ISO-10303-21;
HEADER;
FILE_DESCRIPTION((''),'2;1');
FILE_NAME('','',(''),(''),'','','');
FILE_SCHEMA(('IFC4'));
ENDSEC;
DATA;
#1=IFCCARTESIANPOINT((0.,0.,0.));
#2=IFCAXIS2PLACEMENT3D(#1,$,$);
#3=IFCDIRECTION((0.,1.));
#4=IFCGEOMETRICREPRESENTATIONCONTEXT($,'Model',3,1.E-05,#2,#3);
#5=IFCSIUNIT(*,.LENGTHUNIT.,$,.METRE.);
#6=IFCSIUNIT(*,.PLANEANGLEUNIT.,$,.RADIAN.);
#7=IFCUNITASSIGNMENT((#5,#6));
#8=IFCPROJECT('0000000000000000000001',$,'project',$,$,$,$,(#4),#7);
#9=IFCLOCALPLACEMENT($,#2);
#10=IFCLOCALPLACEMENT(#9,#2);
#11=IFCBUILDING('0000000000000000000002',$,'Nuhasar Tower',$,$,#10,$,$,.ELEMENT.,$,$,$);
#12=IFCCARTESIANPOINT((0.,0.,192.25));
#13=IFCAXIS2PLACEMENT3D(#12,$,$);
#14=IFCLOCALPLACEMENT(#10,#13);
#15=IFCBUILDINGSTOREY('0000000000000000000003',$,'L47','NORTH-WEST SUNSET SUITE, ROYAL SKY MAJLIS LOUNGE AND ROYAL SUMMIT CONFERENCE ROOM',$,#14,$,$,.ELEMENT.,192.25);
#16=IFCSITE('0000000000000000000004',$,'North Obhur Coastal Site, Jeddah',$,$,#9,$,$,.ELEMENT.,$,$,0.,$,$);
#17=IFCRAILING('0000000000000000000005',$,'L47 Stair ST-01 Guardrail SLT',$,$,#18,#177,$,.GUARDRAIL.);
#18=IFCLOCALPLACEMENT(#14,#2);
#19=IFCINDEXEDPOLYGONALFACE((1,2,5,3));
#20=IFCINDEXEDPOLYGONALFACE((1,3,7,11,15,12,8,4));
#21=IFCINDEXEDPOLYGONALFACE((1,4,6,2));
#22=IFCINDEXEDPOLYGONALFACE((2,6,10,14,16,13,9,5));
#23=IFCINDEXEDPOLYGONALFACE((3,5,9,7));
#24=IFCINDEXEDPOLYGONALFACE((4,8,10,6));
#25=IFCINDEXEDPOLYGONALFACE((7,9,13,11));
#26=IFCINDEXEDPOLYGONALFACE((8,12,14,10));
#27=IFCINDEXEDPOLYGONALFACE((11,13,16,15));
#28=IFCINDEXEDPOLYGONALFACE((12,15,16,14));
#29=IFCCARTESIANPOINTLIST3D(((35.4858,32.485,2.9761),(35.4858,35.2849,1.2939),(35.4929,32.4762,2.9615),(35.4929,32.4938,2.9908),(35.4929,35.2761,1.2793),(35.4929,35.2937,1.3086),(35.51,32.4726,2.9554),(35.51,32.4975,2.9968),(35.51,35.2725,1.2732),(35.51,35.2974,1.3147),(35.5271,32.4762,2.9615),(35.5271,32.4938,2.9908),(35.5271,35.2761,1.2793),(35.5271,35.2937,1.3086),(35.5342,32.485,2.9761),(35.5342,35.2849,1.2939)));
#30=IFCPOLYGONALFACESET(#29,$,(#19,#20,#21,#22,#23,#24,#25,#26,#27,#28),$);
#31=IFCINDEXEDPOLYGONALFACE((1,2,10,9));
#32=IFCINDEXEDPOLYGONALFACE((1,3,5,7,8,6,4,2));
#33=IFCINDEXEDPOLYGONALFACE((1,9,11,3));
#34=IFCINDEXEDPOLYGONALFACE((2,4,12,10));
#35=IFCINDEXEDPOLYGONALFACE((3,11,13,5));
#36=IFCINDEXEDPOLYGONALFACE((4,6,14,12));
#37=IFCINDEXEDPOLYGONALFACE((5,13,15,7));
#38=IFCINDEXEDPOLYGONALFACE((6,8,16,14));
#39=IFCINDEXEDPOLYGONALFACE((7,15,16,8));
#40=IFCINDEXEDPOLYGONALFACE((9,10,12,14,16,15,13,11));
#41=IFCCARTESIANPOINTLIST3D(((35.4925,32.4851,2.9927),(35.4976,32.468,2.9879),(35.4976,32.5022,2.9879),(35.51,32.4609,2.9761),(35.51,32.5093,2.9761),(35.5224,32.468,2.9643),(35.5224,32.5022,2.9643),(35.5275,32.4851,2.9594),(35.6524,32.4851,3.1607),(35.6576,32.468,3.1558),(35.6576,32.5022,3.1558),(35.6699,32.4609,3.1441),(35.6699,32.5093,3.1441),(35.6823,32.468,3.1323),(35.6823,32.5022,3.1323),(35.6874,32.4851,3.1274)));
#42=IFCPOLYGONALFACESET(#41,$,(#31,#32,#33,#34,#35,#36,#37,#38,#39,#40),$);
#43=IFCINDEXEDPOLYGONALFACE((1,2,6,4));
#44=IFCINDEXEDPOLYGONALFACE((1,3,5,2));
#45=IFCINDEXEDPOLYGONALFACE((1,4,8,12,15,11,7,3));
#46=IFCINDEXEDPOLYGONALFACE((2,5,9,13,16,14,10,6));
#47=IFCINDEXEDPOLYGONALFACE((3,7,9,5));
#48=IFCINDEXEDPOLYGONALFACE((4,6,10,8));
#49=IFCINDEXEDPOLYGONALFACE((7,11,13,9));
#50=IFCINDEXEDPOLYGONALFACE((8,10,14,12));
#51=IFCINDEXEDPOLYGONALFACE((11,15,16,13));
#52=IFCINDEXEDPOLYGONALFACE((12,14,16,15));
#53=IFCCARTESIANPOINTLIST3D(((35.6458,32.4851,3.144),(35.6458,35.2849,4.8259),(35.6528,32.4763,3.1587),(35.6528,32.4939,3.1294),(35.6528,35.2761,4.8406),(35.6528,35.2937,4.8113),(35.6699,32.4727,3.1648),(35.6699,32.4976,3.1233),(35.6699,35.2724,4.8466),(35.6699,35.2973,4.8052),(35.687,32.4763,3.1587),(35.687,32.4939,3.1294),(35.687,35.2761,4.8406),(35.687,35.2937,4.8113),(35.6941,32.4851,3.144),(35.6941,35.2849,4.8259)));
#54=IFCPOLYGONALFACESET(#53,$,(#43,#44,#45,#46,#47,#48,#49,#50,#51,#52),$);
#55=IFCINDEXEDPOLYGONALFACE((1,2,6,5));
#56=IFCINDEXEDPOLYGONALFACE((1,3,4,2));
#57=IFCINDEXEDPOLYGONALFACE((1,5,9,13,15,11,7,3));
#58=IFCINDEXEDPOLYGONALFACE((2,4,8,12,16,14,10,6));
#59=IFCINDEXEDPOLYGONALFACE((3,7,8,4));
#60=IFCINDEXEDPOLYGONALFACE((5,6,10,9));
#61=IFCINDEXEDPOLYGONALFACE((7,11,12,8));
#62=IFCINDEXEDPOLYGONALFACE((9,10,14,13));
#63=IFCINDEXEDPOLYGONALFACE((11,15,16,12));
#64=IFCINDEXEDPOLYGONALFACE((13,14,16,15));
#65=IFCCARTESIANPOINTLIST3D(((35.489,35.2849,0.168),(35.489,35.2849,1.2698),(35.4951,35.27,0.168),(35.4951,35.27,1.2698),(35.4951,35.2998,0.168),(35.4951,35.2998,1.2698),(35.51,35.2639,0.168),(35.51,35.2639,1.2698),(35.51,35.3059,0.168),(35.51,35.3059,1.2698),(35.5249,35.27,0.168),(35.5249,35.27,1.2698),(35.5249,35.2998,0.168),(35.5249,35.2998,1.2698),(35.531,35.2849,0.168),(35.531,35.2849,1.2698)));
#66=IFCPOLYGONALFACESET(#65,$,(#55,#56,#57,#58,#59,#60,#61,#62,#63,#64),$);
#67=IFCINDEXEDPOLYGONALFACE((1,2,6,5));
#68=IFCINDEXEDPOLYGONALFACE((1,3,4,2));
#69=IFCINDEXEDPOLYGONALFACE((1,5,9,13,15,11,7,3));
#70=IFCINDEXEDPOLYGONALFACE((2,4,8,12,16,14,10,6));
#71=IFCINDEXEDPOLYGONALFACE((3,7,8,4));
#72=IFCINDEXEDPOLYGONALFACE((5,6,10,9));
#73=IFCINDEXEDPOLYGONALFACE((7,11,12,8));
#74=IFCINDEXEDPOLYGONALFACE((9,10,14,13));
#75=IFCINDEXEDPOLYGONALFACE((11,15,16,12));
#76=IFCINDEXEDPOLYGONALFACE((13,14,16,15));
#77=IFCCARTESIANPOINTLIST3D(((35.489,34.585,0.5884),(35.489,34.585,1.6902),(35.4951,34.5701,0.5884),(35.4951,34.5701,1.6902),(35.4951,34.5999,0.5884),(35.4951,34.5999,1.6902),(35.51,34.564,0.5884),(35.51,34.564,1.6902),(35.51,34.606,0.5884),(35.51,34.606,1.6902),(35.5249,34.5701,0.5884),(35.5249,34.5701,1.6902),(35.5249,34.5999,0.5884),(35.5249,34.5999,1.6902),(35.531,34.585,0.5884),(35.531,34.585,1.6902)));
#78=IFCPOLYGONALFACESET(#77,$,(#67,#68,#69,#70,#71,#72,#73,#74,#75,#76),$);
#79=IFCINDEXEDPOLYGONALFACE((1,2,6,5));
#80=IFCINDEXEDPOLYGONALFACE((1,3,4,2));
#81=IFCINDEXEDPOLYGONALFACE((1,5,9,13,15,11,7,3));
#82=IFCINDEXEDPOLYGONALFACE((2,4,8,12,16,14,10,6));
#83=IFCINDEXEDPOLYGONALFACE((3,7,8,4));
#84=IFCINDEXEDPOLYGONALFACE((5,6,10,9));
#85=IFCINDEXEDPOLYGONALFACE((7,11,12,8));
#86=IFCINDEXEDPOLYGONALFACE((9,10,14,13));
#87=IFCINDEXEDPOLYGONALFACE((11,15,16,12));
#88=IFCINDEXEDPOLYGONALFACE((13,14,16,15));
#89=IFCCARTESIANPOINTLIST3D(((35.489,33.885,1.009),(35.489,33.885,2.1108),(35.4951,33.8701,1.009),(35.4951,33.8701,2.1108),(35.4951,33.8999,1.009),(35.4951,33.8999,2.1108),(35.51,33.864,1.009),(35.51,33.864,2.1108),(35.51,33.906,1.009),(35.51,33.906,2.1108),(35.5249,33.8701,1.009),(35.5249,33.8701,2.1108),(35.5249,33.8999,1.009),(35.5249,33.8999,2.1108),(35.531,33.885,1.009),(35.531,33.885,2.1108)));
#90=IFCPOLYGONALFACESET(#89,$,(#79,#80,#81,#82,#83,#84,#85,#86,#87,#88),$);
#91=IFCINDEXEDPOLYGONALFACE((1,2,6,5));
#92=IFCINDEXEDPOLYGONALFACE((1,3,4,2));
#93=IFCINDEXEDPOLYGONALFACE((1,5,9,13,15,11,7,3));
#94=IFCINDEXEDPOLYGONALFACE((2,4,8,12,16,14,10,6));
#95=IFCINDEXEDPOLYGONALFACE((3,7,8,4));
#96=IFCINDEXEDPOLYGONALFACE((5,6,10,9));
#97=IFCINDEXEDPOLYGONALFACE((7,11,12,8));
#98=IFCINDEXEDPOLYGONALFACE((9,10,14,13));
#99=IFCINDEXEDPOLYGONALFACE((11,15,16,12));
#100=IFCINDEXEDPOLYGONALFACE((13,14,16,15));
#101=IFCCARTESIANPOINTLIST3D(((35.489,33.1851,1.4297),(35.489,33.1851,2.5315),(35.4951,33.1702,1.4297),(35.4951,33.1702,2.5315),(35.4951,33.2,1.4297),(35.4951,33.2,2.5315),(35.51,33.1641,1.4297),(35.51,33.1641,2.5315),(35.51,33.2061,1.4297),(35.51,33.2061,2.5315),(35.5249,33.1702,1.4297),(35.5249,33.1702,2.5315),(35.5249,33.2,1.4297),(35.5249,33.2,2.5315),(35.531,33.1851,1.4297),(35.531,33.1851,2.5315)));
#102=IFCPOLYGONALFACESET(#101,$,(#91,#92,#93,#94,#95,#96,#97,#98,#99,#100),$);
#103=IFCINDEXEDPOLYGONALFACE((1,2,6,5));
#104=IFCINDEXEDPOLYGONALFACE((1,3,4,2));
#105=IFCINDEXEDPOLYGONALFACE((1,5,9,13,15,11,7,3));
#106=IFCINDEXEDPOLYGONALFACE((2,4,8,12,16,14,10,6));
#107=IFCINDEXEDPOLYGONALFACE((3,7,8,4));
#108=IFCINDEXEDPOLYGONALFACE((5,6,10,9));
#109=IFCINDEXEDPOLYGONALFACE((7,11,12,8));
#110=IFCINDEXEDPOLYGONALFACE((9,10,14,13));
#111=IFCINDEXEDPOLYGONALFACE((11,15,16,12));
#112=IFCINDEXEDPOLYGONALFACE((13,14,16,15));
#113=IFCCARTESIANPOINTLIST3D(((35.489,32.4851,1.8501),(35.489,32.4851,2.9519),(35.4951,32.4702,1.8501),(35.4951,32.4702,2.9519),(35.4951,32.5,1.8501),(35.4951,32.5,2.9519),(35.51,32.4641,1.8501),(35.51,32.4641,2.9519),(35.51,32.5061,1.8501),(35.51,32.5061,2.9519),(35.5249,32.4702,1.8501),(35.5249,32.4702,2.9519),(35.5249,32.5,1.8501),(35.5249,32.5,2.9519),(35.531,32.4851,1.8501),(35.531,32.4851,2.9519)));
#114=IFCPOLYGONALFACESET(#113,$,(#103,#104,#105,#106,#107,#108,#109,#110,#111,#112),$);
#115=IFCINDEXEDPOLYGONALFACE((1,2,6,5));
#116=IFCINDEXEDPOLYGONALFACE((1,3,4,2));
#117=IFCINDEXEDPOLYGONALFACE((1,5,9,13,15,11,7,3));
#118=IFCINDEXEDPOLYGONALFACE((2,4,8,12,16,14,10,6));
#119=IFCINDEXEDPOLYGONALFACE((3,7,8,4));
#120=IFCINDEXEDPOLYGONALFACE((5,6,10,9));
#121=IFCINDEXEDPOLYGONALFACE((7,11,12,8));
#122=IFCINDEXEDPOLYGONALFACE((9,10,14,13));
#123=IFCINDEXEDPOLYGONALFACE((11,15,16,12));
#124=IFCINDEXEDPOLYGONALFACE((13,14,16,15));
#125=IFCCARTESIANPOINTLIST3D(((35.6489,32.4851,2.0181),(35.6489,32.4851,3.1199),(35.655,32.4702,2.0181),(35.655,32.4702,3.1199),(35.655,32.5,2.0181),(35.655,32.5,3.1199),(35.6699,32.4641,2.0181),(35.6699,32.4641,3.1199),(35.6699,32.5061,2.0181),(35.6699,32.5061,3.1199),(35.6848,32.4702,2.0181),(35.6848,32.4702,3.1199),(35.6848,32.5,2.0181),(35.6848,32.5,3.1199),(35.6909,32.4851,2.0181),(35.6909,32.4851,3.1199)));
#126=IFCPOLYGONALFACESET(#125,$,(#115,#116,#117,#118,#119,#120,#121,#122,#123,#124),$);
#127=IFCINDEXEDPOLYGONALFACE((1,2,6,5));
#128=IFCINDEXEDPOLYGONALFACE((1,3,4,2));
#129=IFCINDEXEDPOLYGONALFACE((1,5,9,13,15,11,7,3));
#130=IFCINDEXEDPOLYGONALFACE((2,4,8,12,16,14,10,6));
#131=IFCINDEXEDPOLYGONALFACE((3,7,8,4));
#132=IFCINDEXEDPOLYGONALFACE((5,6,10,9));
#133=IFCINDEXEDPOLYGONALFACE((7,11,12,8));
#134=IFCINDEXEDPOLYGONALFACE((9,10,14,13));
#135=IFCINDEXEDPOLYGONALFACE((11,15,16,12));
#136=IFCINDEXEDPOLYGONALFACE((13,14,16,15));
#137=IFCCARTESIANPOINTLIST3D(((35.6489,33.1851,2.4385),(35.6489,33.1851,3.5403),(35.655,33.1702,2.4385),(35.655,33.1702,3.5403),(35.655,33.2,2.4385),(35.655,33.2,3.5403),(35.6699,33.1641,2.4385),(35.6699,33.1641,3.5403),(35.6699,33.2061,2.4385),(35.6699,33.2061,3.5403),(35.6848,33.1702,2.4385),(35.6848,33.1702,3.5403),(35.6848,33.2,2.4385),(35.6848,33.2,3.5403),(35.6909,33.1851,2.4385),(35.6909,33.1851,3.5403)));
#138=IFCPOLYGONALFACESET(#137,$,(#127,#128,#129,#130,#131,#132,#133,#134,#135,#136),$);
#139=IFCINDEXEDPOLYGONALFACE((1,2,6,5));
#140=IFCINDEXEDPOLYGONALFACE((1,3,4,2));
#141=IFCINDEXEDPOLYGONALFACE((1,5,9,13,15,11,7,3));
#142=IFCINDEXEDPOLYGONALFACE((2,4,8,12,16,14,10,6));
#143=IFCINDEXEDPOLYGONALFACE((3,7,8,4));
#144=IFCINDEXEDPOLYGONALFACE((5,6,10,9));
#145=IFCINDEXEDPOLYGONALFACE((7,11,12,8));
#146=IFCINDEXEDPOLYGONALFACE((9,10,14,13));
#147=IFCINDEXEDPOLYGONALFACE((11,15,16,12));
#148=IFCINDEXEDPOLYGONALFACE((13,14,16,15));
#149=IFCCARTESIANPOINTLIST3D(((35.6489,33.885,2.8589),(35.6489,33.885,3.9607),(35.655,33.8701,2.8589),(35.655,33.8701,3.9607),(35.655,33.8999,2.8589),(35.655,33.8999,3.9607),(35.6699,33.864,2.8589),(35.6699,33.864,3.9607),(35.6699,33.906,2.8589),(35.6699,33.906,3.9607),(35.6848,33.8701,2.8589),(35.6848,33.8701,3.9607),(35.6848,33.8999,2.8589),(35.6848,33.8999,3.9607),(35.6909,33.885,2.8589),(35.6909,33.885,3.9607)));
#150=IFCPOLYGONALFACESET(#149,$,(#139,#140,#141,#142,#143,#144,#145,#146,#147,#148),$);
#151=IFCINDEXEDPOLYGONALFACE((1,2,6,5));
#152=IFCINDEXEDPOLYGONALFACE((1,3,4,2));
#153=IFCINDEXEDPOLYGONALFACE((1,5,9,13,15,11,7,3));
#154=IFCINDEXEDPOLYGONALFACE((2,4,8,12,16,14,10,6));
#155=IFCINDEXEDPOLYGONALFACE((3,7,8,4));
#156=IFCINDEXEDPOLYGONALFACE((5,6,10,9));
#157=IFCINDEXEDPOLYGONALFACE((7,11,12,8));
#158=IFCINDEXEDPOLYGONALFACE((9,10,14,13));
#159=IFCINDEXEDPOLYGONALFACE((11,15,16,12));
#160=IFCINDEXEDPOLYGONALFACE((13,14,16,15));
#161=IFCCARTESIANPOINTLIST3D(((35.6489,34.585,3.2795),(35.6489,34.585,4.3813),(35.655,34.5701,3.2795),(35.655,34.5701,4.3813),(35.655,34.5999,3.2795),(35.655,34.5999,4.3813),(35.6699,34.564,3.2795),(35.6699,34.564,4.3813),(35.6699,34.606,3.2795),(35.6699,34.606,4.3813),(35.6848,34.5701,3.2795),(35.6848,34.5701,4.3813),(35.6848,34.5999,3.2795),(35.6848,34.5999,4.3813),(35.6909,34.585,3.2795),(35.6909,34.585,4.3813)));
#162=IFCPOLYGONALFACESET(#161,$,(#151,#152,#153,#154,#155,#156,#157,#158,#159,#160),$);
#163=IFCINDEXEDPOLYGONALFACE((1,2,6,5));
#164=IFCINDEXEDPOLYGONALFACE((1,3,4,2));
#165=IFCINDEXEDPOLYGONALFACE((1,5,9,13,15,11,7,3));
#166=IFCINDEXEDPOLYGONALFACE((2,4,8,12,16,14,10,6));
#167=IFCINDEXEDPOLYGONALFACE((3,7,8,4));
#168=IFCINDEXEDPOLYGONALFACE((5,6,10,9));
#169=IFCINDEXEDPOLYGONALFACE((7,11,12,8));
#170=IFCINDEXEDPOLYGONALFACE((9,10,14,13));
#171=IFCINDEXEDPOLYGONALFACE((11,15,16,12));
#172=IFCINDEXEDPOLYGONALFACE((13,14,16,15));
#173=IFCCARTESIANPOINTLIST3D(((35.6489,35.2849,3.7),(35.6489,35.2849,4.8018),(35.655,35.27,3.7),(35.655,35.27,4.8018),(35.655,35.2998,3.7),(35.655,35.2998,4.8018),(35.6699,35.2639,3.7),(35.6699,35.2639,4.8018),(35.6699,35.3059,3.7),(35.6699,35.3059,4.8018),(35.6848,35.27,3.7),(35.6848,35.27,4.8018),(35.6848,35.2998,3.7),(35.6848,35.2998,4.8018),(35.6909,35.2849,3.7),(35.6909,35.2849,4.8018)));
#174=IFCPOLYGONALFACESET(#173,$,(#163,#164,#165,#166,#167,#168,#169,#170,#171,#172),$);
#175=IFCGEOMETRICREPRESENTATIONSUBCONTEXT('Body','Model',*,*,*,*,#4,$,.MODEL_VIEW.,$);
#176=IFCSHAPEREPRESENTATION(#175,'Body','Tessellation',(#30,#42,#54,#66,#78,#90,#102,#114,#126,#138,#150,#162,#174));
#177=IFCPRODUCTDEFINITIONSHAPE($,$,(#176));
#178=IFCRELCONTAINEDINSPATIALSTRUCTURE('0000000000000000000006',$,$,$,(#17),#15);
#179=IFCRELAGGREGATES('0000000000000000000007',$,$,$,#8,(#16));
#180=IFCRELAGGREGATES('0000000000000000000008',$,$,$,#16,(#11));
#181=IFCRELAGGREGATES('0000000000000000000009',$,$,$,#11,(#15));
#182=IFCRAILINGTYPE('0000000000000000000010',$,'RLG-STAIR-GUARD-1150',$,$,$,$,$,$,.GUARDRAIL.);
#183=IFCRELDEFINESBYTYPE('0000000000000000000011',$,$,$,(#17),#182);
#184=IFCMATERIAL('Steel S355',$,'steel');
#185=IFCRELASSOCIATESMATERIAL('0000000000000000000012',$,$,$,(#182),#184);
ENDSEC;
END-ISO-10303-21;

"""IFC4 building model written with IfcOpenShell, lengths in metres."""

from ifc_helpers import new_model, si_unit, direction, frame, origin, place, context, subcontext, project, spatial, polyline, outline, extrude, material, type_object, element, save


model = new_model("IFC4")

# Units and contexts
model_context = context("Model", 3, precision=1e-05, world=origin(), true_north=direction((0.0, 1.0)))
body_context = subcontext(model_context, "Body", "Model", "MODEL_VIEW")
ifc_project = project(units=[si_unit("LENGTHUNIT", "METRE"), si_unit("PLANEANGLEUNIT", "RADIAN")], contexts=[model_context])

# Site, building, storey
site_placement = place(None, origin())
site = spatial("IfcSite", under=ifc_project, at=site_placement, Name="North Obhur Coastal Site, Jeddah", CompositionType="ELEMENT", RefElevation=0.0)
building_placement = place(site_placement, origin())
building = spatial("IfcBuilding", under=site, at=building_placement, Name="Nuhasar Tower", CompositionType="ELEMENT")
storey_placement = place(building_placement, frame((0.0, 0.0, 192.25)))
storey = spatial("IfcBuildingStorey", under=building, at=storey_placement, Name="L47", Description="NORTH-WEST SUNSET SUITE, ROYAL SKY MAJLIS LOUNGE AND ROYAL SUMMIT CONFERENCE ROOM", CompositionType="ELEMENT", Elevation=192.25)

# Shared definitions
ifc_material_1 = material(Name="Steel S355", Category="steel")

# Railing
railing_type_1 = type_object("IfcRailingType", Name="RLG-STAIR-GUARD-1150", PredefinedType="GUARDRAIL", material=ifc_material_1)
railing_1_placement = place(storey_placement, frame((35.51, 35.2849, 0.168)))
element("IfcRailing", 1, at=railing_1_placement, inside=storey, type_object=railing_type_1, Name="L47 Stair ST-01 Guardrail SLT", PredefinedType="GUARDRAIL", context=body_context, shape_type="SweptSolid", body=[
    extrude(outline(polyline([(0.0242, 0.0), (0.0171, 0.0171), (0.0, 0.0242), (-0.0171, 0.0171), (-0.0242, 0.0), (-0.0171, -0.0171), (0.0, -0.0242), (0.0171, -0.0171), (0.0242, 0.0)])), frame((0.0, 0.0, 1.126), z_axis=(0.0, -0.857189, 0.515001), x_axis=(1.0, 0.0, 0.0)), (0.0, 0.0, 1.0), 3.2664),
    extrude(outline(polyline([(0.0242, 0.0), (0.0171, 0.0171), (0.0, 0.0242), (-0.0171, 0.0171), (-0.0242, 0.0), (-0.0171, -0.0171), (0.0, -0.0242), (0.0171, -0.0171), (0.0242, 0.0)])), frame((0.0, -2.7998, 2.8081), z_axis=(0.689524, 0.0, 0.724263), x_axis=(0.0, 1.0, 0.0)), (0.0, 0.0, 1.0), 0.2319),
    extrude(outline(polyline([(0.0242, 0.0), (0.0171, 0.0171), (0.0, 0.0242), (-0.0171, 0.0171), (-0.0242, 0.0), (-0.0171, -0.0171), (0.0, -0.0242), (0.0171, -0.0171), (0.0242, 0.0)])), frame((0.1599, -2.7998, 2.9761), z_axis=(0.0, 0.857222, 0.514946), x_axis=(-1.0, 0.0, 0.0)), (0.0, 0.0, 1.0), 3.2661),
    extrude(outline(polyline([(0.021, 0.0), (0.0149, 0.0149), (0.0, 0.021), (-0.0149, 0.0149), (-0.021, 0.0), (-0.0149, -0.0149), (0.0, -0.021), (0.0149, -0.0149), (0.021, 0.0)])), origin(), (0.0, 0.0, 1.0), 1.1018),
    extrude(outline(polyline([(0.021, 0.0), (0.0149, 0.0149), (0.0, 0.021), (-0.0149, 0.0149), (-0.021, 0.0), (-0.0149, -0.0149), (0.0, -0.021), (0.0149, -0.0149), (0.021, 0.0)])), frame((0.0, -0.7, 0.4204)), (0.0, 0.0, 1.0), 1.1018),
    extrude(outline(polyline([(0.021, 0.0), (0.0149, 0.0149), (0.0, 0.021), (-0.0149, 0.0149), (-0.021, 0.0), (-0.0149, -0.0149), (0.0, -0.021), (0.0149, -0.0149), (0.021, 0.0)])), frame((0.0, -1.3999, 0.8411)), (0.0, 0.0, 1.0), 1.1018),
    extrude(outline(polyline([(0.021, 0.0), (0.0149, 0.0149), (0.0, 0.021), (-0.0149, 0.0149), (-0.021, 0.0), (-0.0149, -0.0149), (0.0, -0.021), (0.0149, -0.0149), (0.021, 0.0)])), frame((0.0, -2.0999, 1.2617)), (0.0, 0.0, 1.0), 1.1018),
    extrude(outline(polyline([(0.021, 0.0), (0.0149, 0.0149), (0.0, 0.021), (-0.0149, 0.0149), (-0.021, 0.0), (-0.0149, -0.0149), (0.0, -0.021), (0.0149, -0.0149), (0.021, 0.0)])), frame((0.0, -2.7998, 1.6821)), (0.0, 0.0, 1.0), 1.1018),
    extrude(outline(polyline([(0.021, 0.0), (0.0149, 0.0149), (0.0, 0.021), (-0.0149, 0.0149), (-0.021, 0.0), (-0.0149, -0.0149), (0.0, -0.021), (0.0149, -0.0149), (0.021, 0.0)])), frame((0.1599, -2.7998, 1.8501)), (0.0, 0.0, 1.0), 1.1018),
    extrude(outline(polyline([(0.021, 0.0), (0.0149, 0.0149), (0.0, 0.021), (-0.0149, 0.0149), (-0.021, 0.0), (-0.0149, -0.0149), (0.0, -0.021), (0.0149, -0.0149), (0.021, 0.0)])), frame((0.1599, -2.0999, 2.2705)), (0.0, 0.0, 1.0), 1.1018),
    extrude(outline(polyline([(0.021, 0.0), (0.0149, 0.0149), (0.0, 0.021), (-0.0149, 0.0149), (-0.021, 0.0), (-0.0149, -0.0149), (0.0, -0.021), (0.0149, -0.0149), (0.021, 0.0)])), frame((0.1599, -1.3999, 2.6909)), (0.0, 0.0, 1.0), 1.1018),
    extrude(outline(polyline([(0.021, 0.0), (0.0149, 0.0149), (0.0, 0.021), (-0.0149, 0.0149), (-0.021, 0.0), (-0.0149, -0.0149), (0.0, -0.021), (0.0149, -0.0149), (0.021, 0.0)])), frame((0.1599, -0.7, 3.1116)), (0.0, 0.0, 1.0), 1.1018),
    extrude(outline(polyline([(0.021, 0.0), (0.0149, 0.0149), (0.0, 0.021), (-0.0149, 0.0149), (-0.021, 0.0), (-0.0149, -0.0149), (0.0, -0.021), (0.0149, -0.0149), (0.021, 0.0)])), frame((0.1599, 0.0, 3.532)), (0.0, 0.0, 1.0), 1.1018),
])

save(model, "model.ifc")
